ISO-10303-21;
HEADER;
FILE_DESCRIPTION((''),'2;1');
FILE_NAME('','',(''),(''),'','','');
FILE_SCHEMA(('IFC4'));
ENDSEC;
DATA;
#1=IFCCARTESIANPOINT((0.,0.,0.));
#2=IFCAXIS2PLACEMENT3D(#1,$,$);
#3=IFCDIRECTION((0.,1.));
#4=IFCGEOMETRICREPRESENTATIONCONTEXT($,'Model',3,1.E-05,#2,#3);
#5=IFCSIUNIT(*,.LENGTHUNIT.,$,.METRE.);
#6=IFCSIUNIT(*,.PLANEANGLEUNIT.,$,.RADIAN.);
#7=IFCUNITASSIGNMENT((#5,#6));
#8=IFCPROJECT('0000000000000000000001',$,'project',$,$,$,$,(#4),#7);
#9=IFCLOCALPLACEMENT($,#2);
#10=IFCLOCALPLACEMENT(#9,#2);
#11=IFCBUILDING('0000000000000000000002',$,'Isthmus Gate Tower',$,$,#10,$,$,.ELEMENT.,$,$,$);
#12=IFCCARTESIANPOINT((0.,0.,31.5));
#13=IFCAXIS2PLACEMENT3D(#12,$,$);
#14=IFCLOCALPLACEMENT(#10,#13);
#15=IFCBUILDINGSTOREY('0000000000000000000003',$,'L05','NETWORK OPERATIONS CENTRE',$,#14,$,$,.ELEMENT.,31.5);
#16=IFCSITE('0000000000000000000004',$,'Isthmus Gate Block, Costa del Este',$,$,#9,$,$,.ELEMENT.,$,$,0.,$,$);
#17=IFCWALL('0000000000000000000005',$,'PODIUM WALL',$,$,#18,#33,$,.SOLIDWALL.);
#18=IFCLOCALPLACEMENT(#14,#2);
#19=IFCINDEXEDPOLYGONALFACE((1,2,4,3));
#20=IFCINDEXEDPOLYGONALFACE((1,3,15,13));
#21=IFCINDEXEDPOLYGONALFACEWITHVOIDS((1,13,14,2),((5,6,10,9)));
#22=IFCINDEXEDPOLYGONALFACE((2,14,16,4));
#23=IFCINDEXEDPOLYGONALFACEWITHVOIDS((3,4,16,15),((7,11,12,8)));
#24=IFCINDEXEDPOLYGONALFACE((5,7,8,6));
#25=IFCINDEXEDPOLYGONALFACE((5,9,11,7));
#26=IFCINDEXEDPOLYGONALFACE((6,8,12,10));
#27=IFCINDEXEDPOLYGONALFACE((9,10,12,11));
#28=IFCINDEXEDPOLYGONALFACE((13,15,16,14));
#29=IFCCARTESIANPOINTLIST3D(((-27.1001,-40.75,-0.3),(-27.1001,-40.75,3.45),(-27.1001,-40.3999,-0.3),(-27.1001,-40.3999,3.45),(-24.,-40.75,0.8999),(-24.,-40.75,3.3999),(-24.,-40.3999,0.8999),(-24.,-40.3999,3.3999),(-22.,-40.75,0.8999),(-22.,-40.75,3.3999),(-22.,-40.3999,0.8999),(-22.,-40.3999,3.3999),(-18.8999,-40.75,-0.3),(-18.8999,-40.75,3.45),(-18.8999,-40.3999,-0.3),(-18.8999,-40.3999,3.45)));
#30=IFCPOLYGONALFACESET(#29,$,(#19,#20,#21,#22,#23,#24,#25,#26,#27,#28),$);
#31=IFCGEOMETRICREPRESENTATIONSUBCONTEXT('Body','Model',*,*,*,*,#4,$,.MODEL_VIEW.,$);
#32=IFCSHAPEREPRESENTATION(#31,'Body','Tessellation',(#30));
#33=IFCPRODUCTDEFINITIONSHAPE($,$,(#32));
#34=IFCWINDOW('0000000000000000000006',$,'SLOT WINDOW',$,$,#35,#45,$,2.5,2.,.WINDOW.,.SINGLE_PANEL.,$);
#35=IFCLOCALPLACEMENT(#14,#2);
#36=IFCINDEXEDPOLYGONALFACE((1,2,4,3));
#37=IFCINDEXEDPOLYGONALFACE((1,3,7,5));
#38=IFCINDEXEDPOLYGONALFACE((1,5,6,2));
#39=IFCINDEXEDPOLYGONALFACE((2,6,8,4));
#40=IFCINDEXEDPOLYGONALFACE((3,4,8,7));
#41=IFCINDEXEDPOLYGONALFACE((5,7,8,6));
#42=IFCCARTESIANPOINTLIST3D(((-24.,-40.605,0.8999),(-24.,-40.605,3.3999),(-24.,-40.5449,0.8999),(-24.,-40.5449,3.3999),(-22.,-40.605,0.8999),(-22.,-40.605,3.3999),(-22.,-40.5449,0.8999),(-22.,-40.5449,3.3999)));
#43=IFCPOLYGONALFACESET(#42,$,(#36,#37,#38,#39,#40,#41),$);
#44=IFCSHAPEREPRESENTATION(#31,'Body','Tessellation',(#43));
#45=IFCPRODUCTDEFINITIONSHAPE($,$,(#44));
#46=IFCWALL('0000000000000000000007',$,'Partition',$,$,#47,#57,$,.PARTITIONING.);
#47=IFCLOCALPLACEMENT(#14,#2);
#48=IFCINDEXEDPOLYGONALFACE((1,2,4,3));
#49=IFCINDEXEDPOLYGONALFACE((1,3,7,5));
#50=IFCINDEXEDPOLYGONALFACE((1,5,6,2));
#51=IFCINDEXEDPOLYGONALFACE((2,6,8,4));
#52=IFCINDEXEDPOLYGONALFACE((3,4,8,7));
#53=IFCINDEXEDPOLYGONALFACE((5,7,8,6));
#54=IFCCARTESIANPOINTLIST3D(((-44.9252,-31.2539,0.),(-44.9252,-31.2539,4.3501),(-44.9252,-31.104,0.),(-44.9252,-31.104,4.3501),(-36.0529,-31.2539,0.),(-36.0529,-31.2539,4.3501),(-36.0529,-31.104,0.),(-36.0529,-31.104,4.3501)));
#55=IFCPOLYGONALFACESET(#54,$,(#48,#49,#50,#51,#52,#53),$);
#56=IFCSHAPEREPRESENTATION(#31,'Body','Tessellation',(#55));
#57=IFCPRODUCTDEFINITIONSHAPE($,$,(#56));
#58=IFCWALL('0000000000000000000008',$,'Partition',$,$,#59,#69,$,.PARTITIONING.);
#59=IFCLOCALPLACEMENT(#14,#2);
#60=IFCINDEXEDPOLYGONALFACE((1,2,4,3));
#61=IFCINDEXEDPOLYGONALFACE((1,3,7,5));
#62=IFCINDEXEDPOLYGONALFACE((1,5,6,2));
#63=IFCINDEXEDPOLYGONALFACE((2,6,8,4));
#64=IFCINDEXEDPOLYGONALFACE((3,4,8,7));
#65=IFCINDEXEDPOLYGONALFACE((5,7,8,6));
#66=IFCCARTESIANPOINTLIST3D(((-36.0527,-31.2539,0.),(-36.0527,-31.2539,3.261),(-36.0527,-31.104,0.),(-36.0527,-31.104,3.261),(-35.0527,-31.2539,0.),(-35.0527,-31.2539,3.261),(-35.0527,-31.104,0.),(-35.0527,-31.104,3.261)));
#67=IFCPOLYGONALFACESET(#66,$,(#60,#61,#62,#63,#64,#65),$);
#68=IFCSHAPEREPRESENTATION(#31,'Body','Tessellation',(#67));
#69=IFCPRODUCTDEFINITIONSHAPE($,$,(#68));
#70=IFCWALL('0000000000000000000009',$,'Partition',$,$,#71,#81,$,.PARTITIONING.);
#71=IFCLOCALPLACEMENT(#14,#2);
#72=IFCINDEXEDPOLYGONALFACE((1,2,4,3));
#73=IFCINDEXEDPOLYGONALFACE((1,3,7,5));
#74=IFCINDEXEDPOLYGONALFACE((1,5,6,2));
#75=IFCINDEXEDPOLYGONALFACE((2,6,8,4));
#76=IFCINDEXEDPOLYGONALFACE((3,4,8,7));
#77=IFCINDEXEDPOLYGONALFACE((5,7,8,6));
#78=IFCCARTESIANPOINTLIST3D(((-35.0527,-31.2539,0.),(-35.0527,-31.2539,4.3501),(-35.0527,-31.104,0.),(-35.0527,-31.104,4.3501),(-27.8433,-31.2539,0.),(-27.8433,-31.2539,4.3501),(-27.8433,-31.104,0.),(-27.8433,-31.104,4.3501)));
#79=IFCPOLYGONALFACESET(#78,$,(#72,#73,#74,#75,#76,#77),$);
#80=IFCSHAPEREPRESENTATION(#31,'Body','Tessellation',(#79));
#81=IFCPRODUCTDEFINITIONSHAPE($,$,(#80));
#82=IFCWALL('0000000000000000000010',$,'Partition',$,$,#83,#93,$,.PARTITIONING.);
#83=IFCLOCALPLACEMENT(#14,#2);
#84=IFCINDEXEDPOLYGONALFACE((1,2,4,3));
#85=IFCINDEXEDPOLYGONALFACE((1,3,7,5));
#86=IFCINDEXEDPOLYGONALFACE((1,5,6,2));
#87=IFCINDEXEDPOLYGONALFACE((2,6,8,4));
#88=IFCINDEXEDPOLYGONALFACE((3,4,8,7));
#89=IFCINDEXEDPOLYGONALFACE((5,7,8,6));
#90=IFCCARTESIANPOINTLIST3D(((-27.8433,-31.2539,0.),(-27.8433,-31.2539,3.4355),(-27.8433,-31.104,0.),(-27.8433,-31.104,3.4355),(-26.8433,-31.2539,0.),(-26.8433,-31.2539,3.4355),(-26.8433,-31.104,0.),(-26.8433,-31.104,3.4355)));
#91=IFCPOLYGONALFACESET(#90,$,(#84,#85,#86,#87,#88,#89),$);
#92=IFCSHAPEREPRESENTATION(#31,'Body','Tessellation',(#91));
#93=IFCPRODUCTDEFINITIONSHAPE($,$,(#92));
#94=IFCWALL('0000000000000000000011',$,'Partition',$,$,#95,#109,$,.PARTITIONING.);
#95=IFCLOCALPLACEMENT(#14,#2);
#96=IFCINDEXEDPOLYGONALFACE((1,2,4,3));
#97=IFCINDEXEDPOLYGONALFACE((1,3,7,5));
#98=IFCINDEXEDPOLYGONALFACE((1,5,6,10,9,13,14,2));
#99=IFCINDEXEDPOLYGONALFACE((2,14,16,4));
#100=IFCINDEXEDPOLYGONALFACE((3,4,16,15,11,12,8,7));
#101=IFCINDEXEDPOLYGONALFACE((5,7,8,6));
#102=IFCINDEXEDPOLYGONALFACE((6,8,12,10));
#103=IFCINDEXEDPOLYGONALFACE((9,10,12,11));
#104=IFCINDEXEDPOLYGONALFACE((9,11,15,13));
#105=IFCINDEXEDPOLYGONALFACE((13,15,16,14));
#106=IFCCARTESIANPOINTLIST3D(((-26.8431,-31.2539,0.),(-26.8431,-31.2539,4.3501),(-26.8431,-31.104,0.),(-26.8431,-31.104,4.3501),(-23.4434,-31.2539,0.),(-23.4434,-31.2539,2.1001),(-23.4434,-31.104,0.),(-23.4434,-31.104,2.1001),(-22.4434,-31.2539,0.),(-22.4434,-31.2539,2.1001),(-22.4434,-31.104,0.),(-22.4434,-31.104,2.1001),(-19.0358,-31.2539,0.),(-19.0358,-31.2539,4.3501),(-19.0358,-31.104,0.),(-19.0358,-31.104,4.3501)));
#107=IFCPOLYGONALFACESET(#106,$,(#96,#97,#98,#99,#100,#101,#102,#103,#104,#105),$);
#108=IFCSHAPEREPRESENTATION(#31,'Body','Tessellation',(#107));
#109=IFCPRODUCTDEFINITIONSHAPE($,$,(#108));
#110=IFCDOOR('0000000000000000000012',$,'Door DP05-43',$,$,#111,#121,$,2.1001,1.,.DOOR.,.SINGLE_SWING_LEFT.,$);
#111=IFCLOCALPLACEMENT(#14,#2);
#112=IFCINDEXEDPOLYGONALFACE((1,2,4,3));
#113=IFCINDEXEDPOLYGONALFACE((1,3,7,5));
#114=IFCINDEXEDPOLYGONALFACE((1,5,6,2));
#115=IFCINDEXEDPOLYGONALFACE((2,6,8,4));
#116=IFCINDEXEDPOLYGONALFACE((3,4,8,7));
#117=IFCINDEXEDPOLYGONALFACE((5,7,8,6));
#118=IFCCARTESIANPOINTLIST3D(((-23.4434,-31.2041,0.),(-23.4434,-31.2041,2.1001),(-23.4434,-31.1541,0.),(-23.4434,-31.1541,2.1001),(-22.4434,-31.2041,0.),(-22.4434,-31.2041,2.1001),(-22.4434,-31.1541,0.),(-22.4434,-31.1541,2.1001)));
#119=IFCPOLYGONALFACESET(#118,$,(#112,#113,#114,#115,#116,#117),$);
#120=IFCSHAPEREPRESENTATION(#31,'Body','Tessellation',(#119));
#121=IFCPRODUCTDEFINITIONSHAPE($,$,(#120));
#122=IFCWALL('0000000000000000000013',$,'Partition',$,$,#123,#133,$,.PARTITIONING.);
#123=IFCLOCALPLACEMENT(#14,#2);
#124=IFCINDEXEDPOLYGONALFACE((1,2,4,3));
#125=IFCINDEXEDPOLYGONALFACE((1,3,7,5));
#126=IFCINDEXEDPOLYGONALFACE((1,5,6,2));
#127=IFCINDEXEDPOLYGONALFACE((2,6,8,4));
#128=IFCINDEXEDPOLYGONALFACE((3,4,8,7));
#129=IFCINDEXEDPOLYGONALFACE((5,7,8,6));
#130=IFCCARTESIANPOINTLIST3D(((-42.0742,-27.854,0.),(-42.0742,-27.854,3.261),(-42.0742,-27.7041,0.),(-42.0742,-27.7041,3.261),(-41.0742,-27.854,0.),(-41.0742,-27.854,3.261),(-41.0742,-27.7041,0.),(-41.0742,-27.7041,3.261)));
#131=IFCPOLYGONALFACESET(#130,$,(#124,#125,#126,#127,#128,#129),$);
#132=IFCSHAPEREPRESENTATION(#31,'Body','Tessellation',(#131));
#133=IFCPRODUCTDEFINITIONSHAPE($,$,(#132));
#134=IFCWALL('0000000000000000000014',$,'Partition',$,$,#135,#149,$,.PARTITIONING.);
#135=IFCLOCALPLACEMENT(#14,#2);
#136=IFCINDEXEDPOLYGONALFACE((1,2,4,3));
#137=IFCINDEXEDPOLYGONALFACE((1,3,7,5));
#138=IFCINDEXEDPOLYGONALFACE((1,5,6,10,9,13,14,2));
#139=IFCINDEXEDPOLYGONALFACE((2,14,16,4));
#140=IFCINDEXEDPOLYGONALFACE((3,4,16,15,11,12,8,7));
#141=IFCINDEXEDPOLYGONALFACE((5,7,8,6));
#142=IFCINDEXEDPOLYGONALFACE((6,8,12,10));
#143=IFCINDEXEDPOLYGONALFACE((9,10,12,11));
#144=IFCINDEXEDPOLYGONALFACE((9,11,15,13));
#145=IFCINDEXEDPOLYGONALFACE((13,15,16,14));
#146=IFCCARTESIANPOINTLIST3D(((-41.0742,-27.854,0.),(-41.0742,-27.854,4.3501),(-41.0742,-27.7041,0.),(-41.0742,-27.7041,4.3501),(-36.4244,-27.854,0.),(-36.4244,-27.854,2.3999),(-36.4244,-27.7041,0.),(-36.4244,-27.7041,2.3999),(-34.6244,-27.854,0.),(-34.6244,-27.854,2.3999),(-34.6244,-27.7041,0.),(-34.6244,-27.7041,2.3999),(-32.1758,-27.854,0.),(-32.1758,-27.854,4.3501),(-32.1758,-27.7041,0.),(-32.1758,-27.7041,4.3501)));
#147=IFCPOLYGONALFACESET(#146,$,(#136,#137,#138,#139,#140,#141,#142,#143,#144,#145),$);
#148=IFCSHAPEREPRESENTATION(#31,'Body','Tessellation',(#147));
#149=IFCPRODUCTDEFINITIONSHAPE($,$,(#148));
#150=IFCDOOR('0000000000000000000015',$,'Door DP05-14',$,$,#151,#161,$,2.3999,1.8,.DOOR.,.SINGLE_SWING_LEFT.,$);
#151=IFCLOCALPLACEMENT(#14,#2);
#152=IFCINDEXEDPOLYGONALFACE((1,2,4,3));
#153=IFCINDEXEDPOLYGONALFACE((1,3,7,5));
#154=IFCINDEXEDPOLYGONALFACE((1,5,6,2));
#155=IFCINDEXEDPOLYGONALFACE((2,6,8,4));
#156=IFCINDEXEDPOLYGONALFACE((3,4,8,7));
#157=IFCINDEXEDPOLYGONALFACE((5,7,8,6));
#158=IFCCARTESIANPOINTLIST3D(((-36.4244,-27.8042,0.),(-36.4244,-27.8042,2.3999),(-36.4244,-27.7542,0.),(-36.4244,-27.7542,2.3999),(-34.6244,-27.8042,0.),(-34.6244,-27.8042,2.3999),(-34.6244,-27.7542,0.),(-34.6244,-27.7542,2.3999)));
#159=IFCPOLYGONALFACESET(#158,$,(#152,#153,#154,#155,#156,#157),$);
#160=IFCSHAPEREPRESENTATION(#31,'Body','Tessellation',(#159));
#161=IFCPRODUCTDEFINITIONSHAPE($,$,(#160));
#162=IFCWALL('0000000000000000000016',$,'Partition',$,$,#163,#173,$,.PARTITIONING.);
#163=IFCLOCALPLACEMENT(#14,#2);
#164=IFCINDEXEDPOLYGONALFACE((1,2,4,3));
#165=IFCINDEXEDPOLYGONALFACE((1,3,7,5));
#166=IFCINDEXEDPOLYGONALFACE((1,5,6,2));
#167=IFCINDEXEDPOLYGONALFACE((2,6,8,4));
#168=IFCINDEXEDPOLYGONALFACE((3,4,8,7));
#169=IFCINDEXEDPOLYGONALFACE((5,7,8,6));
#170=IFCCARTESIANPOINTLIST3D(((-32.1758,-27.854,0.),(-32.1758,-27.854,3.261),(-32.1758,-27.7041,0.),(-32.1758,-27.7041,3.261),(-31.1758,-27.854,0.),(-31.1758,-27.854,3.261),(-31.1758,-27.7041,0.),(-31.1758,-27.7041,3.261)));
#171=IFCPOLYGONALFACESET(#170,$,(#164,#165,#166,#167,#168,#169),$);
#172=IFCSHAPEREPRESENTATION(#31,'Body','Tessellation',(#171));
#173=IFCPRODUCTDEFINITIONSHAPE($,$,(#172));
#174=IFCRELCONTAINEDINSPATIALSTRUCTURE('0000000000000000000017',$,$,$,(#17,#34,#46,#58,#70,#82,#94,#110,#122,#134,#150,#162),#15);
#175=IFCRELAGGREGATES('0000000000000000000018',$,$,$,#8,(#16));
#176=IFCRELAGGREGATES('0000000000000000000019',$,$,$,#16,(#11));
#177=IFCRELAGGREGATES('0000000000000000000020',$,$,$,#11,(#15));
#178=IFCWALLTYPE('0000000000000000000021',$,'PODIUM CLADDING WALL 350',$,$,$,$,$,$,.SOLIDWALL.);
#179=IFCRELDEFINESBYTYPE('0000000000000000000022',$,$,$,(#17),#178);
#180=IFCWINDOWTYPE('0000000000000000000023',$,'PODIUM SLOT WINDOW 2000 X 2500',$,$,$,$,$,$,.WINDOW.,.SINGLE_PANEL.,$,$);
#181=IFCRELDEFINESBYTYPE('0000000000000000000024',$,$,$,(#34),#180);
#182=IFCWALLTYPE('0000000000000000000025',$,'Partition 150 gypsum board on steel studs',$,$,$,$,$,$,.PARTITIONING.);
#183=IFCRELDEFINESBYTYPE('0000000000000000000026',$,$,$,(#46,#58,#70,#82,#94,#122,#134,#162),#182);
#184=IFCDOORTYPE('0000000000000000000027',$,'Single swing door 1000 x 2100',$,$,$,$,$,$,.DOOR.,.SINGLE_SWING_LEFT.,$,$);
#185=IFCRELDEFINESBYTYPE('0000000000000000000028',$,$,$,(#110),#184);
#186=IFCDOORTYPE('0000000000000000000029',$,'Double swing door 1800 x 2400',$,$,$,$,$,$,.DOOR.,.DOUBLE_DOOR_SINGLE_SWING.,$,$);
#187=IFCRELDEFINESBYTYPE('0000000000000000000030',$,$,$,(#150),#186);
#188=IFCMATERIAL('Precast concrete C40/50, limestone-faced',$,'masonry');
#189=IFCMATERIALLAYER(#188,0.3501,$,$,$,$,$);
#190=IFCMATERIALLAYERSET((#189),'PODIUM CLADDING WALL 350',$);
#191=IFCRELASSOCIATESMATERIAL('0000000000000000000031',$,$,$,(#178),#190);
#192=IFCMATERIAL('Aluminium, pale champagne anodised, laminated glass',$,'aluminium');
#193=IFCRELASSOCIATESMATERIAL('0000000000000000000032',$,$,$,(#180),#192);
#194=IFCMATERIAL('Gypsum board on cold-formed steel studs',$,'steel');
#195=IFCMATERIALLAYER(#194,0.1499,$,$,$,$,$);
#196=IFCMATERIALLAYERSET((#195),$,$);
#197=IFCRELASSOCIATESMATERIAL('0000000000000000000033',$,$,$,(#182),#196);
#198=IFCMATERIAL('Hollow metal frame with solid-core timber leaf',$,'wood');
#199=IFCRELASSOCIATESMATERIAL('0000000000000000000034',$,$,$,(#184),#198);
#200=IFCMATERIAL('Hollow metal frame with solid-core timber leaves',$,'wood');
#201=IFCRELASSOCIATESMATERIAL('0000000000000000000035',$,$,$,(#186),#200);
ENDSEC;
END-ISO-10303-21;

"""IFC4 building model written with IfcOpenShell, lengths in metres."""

from ifc_helpers import new_model, si_unit, direction, frame, frame_2d, origin, place, context, subcontext, project, spatial, rectangle, extrude, material, layer, layer_set, type_object, element, fill, save


model = new_model("IFC4")

# Units and contexts
model_context = context("Model", 3, precision=1e-05, world=origin(), true_north=direction((0.0, 1.0)))
body_context = subcontext(model_context, "Body", "Model", "MODEL_VIEW")
ifc_project = project(units=[si_unit("LENGTHUNIT", "METRE"), si_unit("PLANEANGLEUNIT", "RADIAN")], contexts=[model_context])

# Site, building, storey
site_placement = place(None, origin())
site = spatial("IfcSite", under=ifc_project, at=site_placement, Name="Isthmus Gate Block, Costa del Este", CompositionType="ELEMENT", RefElevation=0.0)
building_placement = place(site_placement, origin())
building = spatial("IfcBuilding", under=site, at=building_placement, Name="Isthmus Gate Tower", CompositionType="ELEMENT")
storey_placement = place(building_placement, frame((0.0, 0.0, 31.5)))
storey = spatial("IfcBuildingStorey", under=building, at=storey_placement, Name="L05", Description="NETWORK OPERATIONS CENTRE", CompositionType="ELEMENT", Elevation=31.5)

# Wall, opening, window
ifc_material_1 = material(Name="Precast concrete C40/50, limestone-faced", Category="masonry")
ifc_layer_1 = layer(ifc_material_1, 0.3501)
ifc_layer_set_1 = layer_set([ifc_layer_1], Name="PODIUM CLADDING WALL 350")
wall_type_1 = type_object("IfcWallType", Name="PODIUM CLADDING WALL 350", PredefinedType="SOLIDWALL", material=ifc_layer_set_1)
ifc_material_2 = material(Name="Aluminium, pale champagne anodised, laminated glass", Category="aluminium")
window_type = type_object("IfcWindowType", Name="PODIUM SLOT WINDOW 2000 X 2500", PartitioningType="SINGLE_PANEL", PredefinedType="WINDOW", material=ifc_material_2)
wall_1_placement = place(storey_placement, frame((-27.1001, -40.575, -0.3), z_axis=(0.0, 0.0, 1.0), x_axis=(1.0, 0.0, 0.0)))
wall_1 = element("IfcWall", 1, at=wall_1_placement, inside=storey, type_object=wall_type_1, Name="PODIUM WALL", PredefinedType="SOLIDWALL", context=body_context, shape_type="SweptSolid", body=[
    extrude(rectangle(XDim=8.2002, YDim=0.3501, at=frame_2d((4.1001, 0.0))), origin(), (0.0, 0.0, 1.0), 3.75),
])
opening_1_placement = place(wall_1_placement, frame((3.1001, 0.0, 1.2)))
opening_1 = element("IfcOpeningElement", 2, at=opening_1_placement, cuts=wall_1, PredefinedType="OPENING", context=body_context, shape_type="SweptSolid", body=[
    extrude(rectangle(XDim=2.0, YDim=2.5, at=frame_2d((1.0, 1.25))), frame((0.0, 0.1851, 0.0), z_axis=(0.0, -1.0, 0.0), x_axis=(1.0, 0.0, 0.0)), (0.0, 0.0, 1.0), 0.3701),
])
window_1_placement = place(opening_1_placement, origin())
window_1 = element("IfcWindow", 3, at=window_1_placement, inside=storey, type_object=window_type, Name="SLOT WINDOW", OverallHeight=2.5, OverallWidth=2.0, PartitioningType="SINGLE_PANEL", PredefinedType="WINDOW", context=body_context, shape_type="SweptSolid", body=[
    extrude(rectangle(XDim=2.0, YDim=2.5, at=frame_2d((1.0, 1.25))), frame((0.0, 0.03, 0.0), z_axis=(0.0, -1.0, 0.0), x_axis=(1.0, 0.0, 0.0)), (0.0, 0.0, 1.0), 0.0601),
])
fill(opening_1, window_1)

# Walls
ifc_material_3 = material(Name="Gypsum board on cold-formed steel studs", Category="steel")
ifc_layer_2 = layer(ifc_material_3, 0.1499)
ifc_layer_set_2 = layer_set([ifc_layer_2])
wall_type_2 = type_object("IfcWallType", Name="Partition 150 gypsum board on steel studs", PredefinedType="PARTITIONING", material=ifc_layer_set_2)
wall_2_placement = place(storey_placement, frame((-44.925, -31.179, 0.0), z_axis=(0.0, 0.0, 1.0), x_axis=(1.0, 0.0, 0.0)))
element("IfcWall", 4, at=wall_2_placement, inside=storey, type_object=wall_type_2, Name="Partition", PredefinedType="PARTITIONING", context=body_context, shape_type="SweptSolid", body=[
    extrude(rectangle(XDim=8.8723, YDim=0.1499, at=frame_2d((4.436, 0.0))), origin(), (0.0, 0.0, 1.0), 4.3501),
])
wall_3_placement = place(storey_placement, frame((-36.0527, -31.179, 0.0), z_axis=(0.0, 0.0, 1.0), x_axis=(1.0, 0.0, 0.0)))
element("IfcWall", 5, at=wall_3_placement, inside=storey, type_object=wall_type_2, Name="Partition", PredefinedType="PARTITIONING", context=body_context, shape_type="SweptSolid", body=[
    extrude(rectangle(XDim=1.0, YDim=0.1499, at=frame_2d((0.5, 0.0))), origin(), (0.0, 0.0, 1.0), 3.261),
])
wall_4_placement = place(storey_placement, frame((-35.0527, -31.179, 0.0), z_axis=(0.0, 0.0, 1.0), x_axis=(1.0, 0.0, 0.0)))
element("IfcWall", 6, at=wall_4_placement, inside=storey, type_object=wall_type_2, Name="Partition", PredefinedType="PARTITIONING", context=body_context, shape_type="SweptSolid", body=[
    extrude(rectangle(XDim=7.2095, YDim=0.1499, at=frame_2d((3.6047, 0.0))), origin(), (0.0, 0.0, 1.0), 4.3501),
])
wall_5_placement = place(storey_placement, frame((-27.8433, -31.179, 0.0), z_axis=(0.0, 0.0, 1.0), x_axis=(1.0, 0.0, 0.0)))
element("IfcWall", 7, at=wall_5_placement, inside=storey, type_object=wall_type_2, Name="Partition", PredefinedType="PARTITIONING", context=body_context, shape_type="SweptSolid", body=[
    extrude(rectangle(XDim=1.0, YDim=0.1499, at=frame_2d((0.5, 0.0))), origin(), (0.0, 0.0, 1.0), 3.4355),
])

# Wall, opening, door
wall_6_placement = place(storey_placement, frame((-26.8433, -31.179, 0.0), z_axis=(0.0, 0.0, 1.0), x_axis=(1.0, 0.0, 0.0)))
wall_6 = element("IfcWall", 8, at=wall_6_placement, inside=storey, type_object=wall_type_2, Name="Partition", PredefinedType="PARTITIONING", context=body_context, shape_type="SweptSolid", body=[
    extrude(rectangle(XDim=7.8074, YDim=0.1499, at=frame_2d((3.9038, 0.0))), origin(), (0.0, 0.0, 1.0), 4.3501),
])
opening_2_placement = place(wall_6_placement, frame((3.3999, 0.0, 0.0)))
opening_2 = element("IfcOpeningElement", 9, at=opening_2_placement, cuts=wall_6, PredefinedType="OPENING", context=body_context, shape_type="SweptSolid", body=[
    extrude(rectangle(XDim=1.0, YDim=2.1001, at=frame_2d((0.5, 1.05))), frame((0.0, 0.085, 0.0), z_axis=(0.0, -1.0, 0.0), x_axis=(1.0, 0.0, 0.0)), (0.0, 0.0, 1.0), 0.1699),
])
ifc_material_4 = material(Name="Hollow metal frame with solid-core timber leaf", Category="wood")
door_type_1 = type_object("IfcDoorType", Name="Single swing door 1000 x 2100", OperationType="SINGLE_SWING_LEFT", PredefinedType="DOOR", material=ifc_material_4)
door_1_placement = place(opening_2_placement, origin())
door_1 = element("IfcDoor", 10, at=door_1_placement, inside=storey, type_object=door_type_1, Name="Door DP05-43", OperationType="SINGLE_SWING_LEFT", OverallHeight=2.1001, OverallWidth=1.0, PredefinedType="DOOR", context=body_context, shape_type="SweptSolid", body=[
    extrude(rectangle(XDim=1.0, YDim=2.1001, at=frame_2d((0.5, 1.05))), frame((0.0, 0.0249, 0.0), z_axis=(0.0, -1.0, 0.0), x_axis=(1.0, 0.0, 0.0)), (0.0, 0.0, 1.0), 0.05),
])
fill(opening_2, door_1)

# Wall
wall_7_placement = place(storey_placement, frame((-42.0742, -27.7791, 0.0), z_axis=(0.0, 0.0, 1.0), x_axis=(1.0, 0.0, 0.0)))
element("IfcWall", 11, at=wall_7_placement, inside=storey, type_object=wall_type_2, Name="Partition", PredefinedType="PARTITIONING", context=body_context, shape_type="SweptSolid", body=[
    extrude(rectangle(XDim=1.0, YDim=0.1499, at=frame_2d((0.5, 0.0))), origin(), (0.0, 0.0, 1.0), 3.261),
])

# Wall, opening, door
wall_8_placement = place(storey_placement, frame((-41.0742, -27.7791, 0.0), z_axis=(0.0, 0.0, 1.0), x_axis=(1.0, 0.0, 0.0)))
wall_8 = element("IfcWall", 12, at=wall_8_placement, inside=storey, type_object=wall_type_2, Name="Partition", PredefinedType="PARTITIONING", context=body_context, shape_type="SweptSolid", body=[
    extrude(rectangle(XDim=8.8984, YDim=0.1499, at=frame_2d((4.4492, 0.0))), origin(), (0.0, 0.0, 1.0), 4.3501),
])
opening_3_placement = place(wall_8_placement, frame((4.6499, 0.0, 0.0)))
opening_3 = element("IfcOpeningElement", 13, at=opening_3_placement, cuts=wall_8, PredefinedType="OPENING", context=body_context, shape_type="SweptSolid", body=[
    extrude(rectangle(XDim=1.8, YDim=2.3999, at=frame_2d((0.8999, 1.2))), frame((0.0, 0.085, 0.0), z_axis=(0.0, -1.0, 0.0), x_axis=(1.0, 0.0, 0.0)), (0.0, 0.0, 1.0), 0.1699),
])
ifc_material_5 = material(Name="Hollow metal frame with solid-core timber leaves", Category="wood")
door_type_2 = type_object("IfcDoorType", Name="Double swing door 1800 x 2400", OperationType="DOUBLE_DOOR_SINGLE_SWING", PredefinedType="DOOR", material=ifc_material_5)
door_2_placement = place(opening_3_placement, origin())
door_2 = element("IfcDoor", 14, at=door_2_placement, inside=storey, type_object=door_type_2, Name="Door DP05-14", OperationType="SINGLE_SWING_LEFT", OverallHeight=2.3999, OverallWidth=1.8, PredefinedType="DOOR", context=body_context, shape_type="SweptSolid", body=[
    extrude(rectangle(XDim=1.8, YDim=2.3999, at=frame_2d((0.8999, 1.2))), frame((0.0, 0.0249, 0.0), z_axis=(0.0, -1.0, 0.0), x_axis=(1.0, 0.0, 0.0)), (0.0, 0.0, 1.0), 0.05),
])
fill(opening_3, door_2)

# Wall
wall_9_placement = place(storey_placement, frame((-32.1758, -27.7791, 0.0), z_axis=(0.0, 0.0, 1.0), x_axis=(1.0, 0.0, 0.0)))
element("IfcWall", 15, at=wall_9_placement, inside=storey, type_object=wall_type_2, Name="Partition", PredefinedType="PARTITIONING", context=body_context, shape_type="SweptSolid", body=[
    extrude(rectangle(XDim=1.0, YDim=0.1499, at=frame_2d((0.5, 0.0))), origin(), (0.0, 0.0, 1.0), 3.261),
])

save(model, "model.ifc")
